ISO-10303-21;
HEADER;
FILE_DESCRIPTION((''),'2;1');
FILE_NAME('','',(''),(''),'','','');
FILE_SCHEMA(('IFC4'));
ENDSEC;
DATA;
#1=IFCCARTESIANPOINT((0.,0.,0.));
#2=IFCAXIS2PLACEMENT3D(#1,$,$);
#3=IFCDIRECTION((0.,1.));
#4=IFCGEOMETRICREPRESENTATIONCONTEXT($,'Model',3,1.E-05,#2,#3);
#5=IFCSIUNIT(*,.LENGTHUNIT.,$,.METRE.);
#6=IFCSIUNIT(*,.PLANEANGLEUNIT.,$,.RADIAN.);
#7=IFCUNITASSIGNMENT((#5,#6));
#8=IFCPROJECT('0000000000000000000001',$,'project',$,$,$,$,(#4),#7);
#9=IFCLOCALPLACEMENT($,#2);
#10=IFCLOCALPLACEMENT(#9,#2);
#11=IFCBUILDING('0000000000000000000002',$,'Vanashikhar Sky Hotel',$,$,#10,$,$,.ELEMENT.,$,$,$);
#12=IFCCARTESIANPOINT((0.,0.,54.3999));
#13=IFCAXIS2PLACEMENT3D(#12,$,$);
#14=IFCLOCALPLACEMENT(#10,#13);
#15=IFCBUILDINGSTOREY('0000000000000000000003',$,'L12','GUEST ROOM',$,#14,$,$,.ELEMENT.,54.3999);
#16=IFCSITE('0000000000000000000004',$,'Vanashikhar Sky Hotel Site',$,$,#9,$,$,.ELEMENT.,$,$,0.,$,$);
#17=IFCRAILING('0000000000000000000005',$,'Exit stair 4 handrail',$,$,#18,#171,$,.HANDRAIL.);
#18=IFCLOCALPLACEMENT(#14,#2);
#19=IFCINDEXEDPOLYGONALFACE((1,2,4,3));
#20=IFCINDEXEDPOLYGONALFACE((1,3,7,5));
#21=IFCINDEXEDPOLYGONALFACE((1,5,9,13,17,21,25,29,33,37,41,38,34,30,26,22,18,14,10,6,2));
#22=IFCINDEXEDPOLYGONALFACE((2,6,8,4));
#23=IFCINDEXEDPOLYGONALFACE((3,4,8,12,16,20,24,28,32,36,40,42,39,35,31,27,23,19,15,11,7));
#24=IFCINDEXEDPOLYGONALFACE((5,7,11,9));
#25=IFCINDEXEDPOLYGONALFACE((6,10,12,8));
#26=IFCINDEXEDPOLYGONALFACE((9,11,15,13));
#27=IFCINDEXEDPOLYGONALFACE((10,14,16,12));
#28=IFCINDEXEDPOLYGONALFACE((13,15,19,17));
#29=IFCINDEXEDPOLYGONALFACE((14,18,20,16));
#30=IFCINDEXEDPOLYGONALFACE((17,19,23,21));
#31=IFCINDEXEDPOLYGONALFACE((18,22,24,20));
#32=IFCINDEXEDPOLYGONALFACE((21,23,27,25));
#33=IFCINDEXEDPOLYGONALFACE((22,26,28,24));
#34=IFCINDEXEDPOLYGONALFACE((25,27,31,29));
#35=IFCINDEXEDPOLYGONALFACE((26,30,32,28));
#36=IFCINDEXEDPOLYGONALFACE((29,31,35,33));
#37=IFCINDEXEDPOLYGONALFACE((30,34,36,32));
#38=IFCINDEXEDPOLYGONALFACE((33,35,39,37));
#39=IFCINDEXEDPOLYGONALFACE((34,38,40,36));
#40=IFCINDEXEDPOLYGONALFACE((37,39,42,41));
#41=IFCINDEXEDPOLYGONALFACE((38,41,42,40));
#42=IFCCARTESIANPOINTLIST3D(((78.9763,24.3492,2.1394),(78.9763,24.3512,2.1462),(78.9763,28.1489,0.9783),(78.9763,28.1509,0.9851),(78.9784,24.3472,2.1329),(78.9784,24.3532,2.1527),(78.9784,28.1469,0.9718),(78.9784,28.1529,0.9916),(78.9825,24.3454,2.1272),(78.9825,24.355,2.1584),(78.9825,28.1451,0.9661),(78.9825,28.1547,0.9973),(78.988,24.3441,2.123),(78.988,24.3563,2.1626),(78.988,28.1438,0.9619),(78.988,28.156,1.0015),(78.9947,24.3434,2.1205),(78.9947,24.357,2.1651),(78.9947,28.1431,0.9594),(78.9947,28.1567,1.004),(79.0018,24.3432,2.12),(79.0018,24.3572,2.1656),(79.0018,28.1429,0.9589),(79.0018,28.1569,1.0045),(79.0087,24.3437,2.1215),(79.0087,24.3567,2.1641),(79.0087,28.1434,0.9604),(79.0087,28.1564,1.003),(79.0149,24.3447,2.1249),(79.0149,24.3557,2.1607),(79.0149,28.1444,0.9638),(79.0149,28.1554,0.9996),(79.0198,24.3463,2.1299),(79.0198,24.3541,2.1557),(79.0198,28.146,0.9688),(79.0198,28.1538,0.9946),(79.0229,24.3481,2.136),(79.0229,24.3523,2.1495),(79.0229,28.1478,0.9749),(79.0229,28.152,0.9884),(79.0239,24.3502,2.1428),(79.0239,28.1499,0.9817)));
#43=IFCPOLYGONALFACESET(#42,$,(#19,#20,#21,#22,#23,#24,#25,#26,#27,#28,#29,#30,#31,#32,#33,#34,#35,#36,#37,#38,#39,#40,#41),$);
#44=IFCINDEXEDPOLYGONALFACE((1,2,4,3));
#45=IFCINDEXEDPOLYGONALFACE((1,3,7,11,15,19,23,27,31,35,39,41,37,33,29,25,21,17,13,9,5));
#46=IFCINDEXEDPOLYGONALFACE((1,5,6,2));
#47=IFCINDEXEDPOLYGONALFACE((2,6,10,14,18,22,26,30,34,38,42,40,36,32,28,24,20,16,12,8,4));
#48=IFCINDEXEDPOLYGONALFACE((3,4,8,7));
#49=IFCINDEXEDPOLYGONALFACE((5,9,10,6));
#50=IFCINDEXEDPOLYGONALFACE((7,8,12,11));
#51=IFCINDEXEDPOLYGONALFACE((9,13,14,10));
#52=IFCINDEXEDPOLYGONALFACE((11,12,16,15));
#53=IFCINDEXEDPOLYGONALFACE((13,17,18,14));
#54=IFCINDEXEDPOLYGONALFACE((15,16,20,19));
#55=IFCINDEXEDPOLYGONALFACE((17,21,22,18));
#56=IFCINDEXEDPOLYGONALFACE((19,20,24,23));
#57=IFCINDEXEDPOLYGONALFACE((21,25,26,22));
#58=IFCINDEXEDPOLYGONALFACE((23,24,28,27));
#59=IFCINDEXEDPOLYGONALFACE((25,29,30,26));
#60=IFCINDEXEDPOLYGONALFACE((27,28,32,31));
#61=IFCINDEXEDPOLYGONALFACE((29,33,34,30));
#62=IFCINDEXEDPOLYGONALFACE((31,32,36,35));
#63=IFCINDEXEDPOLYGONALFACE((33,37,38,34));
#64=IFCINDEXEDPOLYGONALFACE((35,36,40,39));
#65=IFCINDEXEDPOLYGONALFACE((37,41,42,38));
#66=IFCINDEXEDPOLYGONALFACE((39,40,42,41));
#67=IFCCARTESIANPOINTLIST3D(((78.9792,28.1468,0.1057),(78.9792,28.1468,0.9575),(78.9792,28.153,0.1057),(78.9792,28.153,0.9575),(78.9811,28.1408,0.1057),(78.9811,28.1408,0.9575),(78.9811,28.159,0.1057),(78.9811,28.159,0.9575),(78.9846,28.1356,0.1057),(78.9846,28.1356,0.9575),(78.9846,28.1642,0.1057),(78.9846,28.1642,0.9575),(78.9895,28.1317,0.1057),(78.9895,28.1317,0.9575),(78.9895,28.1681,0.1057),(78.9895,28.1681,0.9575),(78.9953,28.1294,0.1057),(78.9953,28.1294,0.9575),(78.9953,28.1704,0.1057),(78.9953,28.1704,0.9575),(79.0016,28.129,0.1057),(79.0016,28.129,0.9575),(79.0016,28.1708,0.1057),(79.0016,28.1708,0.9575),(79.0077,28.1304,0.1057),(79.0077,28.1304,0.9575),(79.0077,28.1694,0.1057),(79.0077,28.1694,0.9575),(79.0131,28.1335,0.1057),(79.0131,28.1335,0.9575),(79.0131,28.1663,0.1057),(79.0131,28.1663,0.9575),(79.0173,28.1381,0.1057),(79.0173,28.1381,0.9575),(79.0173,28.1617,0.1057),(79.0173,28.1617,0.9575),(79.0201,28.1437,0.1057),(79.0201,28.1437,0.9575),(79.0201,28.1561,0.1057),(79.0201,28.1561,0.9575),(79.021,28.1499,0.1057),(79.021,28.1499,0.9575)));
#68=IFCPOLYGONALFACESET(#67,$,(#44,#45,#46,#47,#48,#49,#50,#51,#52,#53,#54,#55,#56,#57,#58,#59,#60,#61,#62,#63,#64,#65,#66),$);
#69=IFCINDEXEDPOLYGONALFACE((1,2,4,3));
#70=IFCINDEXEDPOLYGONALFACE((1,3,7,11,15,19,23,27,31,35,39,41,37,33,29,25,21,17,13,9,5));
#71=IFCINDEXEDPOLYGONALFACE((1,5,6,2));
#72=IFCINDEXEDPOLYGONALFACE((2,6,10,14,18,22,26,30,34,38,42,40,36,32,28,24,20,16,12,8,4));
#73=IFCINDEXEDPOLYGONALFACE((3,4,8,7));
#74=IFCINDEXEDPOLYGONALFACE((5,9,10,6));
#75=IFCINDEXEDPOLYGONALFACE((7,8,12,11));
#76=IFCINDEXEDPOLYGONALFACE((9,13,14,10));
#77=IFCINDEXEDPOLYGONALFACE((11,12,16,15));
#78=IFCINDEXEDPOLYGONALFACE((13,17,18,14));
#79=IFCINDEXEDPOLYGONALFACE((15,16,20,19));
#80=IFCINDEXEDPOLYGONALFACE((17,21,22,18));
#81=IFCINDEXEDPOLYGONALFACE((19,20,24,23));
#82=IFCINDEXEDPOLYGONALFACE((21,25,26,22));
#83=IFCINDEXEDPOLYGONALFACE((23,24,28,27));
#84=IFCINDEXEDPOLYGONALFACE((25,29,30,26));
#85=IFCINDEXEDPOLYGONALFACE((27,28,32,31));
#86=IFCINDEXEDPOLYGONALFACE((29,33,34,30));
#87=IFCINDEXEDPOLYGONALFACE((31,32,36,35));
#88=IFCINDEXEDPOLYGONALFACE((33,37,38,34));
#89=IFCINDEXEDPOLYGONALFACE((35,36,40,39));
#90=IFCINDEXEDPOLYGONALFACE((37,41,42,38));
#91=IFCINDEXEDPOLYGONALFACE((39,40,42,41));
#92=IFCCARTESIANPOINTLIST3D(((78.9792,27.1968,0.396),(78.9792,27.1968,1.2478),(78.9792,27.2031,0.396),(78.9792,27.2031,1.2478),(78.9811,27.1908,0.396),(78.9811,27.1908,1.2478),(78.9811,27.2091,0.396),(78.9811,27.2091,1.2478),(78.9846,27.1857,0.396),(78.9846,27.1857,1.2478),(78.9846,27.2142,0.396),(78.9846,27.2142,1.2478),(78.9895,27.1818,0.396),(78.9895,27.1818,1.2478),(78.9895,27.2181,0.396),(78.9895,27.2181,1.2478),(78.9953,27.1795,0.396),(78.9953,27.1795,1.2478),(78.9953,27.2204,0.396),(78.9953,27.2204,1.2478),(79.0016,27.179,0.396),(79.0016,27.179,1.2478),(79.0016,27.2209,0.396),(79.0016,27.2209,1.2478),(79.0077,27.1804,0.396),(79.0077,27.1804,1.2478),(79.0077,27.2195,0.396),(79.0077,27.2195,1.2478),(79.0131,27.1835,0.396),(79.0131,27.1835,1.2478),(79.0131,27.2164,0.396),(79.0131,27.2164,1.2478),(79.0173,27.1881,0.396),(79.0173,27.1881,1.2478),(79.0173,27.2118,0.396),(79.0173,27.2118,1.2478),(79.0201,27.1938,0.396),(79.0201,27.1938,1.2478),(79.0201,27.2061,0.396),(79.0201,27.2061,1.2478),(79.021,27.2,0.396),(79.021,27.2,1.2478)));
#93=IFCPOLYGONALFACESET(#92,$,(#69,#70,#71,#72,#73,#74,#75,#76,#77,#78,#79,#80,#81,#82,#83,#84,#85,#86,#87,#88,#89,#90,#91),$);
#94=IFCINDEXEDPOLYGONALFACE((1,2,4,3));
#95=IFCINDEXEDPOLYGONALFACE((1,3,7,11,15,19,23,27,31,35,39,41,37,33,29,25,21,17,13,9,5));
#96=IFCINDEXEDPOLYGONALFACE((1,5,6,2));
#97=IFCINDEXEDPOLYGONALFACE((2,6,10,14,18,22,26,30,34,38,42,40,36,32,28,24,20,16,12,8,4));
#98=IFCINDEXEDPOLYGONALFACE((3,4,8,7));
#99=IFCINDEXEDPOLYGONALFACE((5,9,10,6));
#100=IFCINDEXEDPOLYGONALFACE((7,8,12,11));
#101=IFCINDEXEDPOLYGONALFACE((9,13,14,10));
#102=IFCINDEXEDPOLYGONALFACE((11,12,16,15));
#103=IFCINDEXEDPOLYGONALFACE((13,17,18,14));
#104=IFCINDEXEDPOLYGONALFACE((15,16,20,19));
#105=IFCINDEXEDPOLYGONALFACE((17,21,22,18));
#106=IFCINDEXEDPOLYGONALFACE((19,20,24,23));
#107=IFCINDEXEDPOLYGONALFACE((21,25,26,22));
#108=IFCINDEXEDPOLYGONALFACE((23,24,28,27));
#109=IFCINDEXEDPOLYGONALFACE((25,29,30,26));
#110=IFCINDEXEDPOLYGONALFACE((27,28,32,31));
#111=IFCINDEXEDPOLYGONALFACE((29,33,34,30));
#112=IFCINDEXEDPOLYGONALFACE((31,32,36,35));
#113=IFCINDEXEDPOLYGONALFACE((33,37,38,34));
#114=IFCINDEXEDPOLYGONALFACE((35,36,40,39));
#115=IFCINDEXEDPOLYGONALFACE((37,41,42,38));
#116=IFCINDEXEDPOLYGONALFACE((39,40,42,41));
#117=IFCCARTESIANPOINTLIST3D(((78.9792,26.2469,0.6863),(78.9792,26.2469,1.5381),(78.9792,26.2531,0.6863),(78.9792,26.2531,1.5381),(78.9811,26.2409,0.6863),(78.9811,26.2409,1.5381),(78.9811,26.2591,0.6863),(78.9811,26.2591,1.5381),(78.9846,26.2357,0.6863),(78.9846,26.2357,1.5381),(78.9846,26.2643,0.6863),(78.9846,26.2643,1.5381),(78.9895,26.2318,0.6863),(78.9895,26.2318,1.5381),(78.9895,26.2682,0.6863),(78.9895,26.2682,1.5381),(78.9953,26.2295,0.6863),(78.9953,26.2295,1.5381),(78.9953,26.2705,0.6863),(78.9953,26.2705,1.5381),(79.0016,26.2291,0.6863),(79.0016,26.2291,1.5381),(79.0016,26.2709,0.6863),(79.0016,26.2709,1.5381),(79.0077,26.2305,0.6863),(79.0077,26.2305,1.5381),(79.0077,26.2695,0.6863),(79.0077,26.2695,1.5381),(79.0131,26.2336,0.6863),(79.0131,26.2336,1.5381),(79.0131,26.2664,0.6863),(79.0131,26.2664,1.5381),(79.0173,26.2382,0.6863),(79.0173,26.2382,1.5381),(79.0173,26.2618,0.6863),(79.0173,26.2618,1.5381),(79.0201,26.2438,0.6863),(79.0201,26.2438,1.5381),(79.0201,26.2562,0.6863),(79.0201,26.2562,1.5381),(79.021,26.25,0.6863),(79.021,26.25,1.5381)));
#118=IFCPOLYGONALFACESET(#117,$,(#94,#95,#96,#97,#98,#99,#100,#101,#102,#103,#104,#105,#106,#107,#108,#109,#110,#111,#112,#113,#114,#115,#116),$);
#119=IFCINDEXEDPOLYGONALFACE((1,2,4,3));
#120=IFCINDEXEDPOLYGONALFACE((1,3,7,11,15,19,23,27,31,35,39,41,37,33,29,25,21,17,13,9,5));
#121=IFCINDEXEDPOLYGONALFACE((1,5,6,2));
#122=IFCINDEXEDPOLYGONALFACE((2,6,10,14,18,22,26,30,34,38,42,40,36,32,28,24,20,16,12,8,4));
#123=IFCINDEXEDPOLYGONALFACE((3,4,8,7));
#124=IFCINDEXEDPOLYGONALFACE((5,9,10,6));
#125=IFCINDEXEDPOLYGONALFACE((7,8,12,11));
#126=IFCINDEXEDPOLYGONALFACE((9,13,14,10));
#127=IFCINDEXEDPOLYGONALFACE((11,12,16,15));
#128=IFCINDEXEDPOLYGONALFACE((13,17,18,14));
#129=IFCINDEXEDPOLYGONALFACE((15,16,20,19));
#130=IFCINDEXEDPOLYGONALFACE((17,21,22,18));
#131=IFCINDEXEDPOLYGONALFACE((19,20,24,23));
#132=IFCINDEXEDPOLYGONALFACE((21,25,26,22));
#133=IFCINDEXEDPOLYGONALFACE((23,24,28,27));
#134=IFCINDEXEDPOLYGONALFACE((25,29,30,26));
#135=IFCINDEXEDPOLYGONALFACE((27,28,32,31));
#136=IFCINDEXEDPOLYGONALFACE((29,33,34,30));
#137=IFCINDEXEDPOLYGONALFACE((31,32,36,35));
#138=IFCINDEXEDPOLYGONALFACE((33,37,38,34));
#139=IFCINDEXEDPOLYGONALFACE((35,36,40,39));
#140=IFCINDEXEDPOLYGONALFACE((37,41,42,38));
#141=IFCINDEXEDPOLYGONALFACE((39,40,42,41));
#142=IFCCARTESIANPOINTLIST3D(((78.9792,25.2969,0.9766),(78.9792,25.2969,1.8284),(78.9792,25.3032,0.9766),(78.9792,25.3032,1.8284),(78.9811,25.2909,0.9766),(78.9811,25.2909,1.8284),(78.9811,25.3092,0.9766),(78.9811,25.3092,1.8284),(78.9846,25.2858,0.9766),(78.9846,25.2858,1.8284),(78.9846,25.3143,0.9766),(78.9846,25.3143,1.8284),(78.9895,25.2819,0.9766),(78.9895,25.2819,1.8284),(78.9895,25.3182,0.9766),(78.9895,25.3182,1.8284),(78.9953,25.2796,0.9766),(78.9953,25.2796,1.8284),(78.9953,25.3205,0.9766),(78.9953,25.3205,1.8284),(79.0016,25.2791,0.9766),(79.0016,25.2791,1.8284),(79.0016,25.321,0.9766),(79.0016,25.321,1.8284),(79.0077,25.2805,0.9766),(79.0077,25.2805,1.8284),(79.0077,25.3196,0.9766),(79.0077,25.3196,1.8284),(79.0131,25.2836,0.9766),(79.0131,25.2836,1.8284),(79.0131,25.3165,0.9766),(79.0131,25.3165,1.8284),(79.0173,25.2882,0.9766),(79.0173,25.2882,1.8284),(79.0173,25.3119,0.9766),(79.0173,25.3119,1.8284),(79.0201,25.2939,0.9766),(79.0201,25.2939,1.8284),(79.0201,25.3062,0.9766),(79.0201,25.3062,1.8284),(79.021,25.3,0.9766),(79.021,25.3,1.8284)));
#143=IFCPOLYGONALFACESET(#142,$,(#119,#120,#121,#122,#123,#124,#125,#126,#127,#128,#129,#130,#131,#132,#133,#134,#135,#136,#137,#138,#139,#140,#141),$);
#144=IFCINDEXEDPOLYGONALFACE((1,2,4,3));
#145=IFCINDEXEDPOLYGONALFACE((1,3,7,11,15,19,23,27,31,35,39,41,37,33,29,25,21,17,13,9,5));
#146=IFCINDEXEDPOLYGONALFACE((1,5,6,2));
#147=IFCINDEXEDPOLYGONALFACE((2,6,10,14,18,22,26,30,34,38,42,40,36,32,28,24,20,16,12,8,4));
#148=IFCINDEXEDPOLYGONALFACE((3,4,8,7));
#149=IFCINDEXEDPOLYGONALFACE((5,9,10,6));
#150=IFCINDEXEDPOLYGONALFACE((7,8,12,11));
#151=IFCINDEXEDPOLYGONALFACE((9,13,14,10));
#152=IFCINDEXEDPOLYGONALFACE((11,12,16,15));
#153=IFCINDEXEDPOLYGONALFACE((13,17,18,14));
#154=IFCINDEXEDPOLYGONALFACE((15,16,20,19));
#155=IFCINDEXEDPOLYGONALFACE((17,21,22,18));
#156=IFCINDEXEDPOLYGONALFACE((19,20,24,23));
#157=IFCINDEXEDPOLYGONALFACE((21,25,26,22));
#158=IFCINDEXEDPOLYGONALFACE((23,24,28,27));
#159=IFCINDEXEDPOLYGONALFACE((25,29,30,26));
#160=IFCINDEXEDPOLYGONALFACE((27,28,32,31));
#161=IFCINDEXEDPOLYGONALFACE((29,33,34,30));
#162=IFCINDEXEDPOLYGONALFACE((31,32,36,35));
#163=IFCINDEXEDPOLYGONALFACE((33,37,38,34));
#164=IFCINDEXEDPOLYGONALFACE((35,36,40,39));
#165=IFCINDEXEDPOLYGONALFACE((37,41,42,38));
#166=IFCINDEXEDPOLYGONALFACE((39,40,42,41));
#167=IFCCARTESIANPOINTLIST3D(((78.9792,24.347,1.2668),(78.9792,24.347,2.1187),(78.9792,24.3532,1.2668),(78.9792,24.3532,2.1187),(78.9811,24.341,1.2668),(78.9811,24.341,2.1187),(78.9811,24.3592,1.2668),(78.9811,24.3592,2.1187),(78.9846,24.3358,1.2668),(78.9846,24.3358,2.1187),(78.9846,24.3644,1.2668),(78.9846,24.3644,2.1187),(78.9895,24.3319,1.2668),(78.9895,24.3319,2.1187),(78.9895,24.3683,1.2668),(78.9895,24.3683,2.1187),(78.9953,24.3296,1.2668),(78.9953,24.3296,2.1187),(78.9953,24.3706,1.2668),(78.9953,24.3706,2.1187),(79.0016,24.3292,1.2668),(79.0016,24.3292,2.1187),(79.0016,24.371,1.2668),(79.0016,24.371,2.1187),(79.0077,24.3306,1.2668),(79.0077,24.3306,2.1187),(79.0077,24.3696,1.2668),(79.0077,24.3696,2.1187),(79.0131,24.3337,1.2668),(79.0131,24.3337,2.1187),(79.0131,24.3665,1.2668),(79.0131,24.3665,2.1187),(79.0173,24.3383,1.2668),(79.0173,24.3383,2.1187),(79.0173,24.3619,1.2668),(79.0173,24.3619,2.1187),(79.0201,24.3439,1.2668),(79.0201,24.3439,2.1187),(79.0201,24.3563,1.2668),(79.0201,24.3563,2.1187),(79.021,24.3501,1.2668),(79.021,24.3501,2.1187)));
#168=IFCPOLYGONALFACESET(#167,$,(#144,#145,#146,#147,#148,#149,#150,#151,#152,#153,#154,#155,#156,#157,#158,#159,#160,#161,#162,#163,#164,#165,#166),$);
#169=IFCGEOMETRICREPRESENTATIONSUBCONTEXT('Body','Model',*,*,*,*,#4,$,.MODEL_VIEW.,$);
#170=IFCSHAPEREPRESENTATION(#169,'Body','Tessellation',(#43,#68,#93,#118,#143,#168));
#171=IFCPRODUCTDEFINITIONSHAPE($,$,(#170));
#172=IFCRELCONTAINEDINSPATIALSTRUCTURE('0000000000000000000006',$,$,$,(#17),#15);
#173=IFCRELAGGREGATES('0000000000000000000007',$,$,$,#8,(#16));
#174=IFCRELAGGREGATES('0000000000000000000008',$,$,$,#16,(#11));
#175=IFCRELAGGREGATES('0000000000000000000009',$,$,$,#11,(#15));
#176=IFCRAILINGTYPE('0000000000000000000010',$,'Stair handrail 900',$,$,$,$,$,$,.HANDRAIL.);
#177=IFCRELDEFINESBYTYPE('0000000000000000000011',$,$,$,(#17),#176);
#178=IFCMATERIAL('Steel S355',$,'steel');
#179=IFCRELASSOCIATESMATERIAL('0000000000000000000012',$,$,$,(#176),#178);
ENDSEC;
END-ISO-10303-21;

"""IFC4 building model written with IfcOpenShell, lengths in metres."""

from ifc_helpers import new_model, si_unit, direction, frame, origin, origin_2d, place, context, subcontext, project, spatial, circle, extrude, source, transform, mapped, material, type_object, element, save


model = new_model("IFC4")

# Units and contexts
model_context = context("Model", 3, precision=1e-05, world=origin(), true_north=direction((0.0, 1.0)))
body_context = subcontext(model_context, "Body", "Model", "MODEL_VIEW")
ifc_project = project(units=[si_unit("LENGTHUNIT", "METRE"), si_unit("PLANEANGLEUNIT", "RADIAN")], contexts=[model_context])

# Site, building, storey
site_placement = place(None, origin())
site = spatial("IfcSite", under=ifc_project, at=site_placement, Name="Vanashikhar Sky Hotel Site", CompositionType="ELEMENT", RefElevation=0.0)
building_placement = place(site_placement, origin())
building = spatial("IfcBuilding", under=site, at=building_placement, Name="Vanashikhar Sky Hotel", CompositionType="ELEMENT")
storey_placement = place(building_placement, frame((0.0, 0.0, 54.3999)))
storey = spatial("IfcBuildingStorey", under=building, at=storey_placement, Name="L12", Description="GUEST ROOM", CompositionType="ELEMENT", Elevation=54.3999)

# Railing
ifc_material_1 = material(Name="Steel S355", Category="steel")
railing_type_1 = type_object("IfcRailingType", Name="Stair handrail 900", PredefinedType="HANDRAIL", material=ifc_material_1)
shared_shape_1 = source(origin(), body_context, "Body", "SweptSolid", [
    extrude(circle(Radius=0.0239, at=origin_2d()), frame((0.0, 0.0, 0.876), z_axis=(0.0, -0.956346, 0.292237), x_axis=(1.0, 0.0, 0.0)), (0.0, 0.0, 1.0), 3.9731),
    extrude(circle(Radius=0.021, at=origin_2d()), origin(), (0.0, 0.0, 1.0), 0.8518),
    extrude(circle(Radius=0.021, at=origin_2d()), frame((0.0, -0.95, 0.2903)), (0.0, 0.0, 1.0), 0.8518),
    extrude(circle(Radius=0.021, at=origin_2d()), frame((0.0, -1.8999, 0.5806)), (0.0, 0.0, 1.0), 0.8518),
    extrude(circle(Radius=0.021, at=origin_2d()), frame((0.0, -2.8499, 0.8708)), (0.0, 0.0, 1.0), 0.8518),
    extrude(circle(Radius=0.021, at=origin_2d()), frame((0.0, -3.7998, 1.1611)), (0.0, 0.0, 1.0), 0.8518),
])
for number, where, name in (
    (1, (79.0, 28.1499, 0.1057), "Exit stair 4 handrail"),
):
    element("IfcRailing", number, at=place(storey_placement, frame(where)), inside=storey, type_object=railing_type_1, Name=name, PredefinedType="HANDRAIL", context=body_context, shape_type="MappedRepresentation", body=[
        mapped(shared_shape_1, transform((0.0, 0.0, 0.0), scale=1.0)),
    ])

save(model, "model.ifc")
